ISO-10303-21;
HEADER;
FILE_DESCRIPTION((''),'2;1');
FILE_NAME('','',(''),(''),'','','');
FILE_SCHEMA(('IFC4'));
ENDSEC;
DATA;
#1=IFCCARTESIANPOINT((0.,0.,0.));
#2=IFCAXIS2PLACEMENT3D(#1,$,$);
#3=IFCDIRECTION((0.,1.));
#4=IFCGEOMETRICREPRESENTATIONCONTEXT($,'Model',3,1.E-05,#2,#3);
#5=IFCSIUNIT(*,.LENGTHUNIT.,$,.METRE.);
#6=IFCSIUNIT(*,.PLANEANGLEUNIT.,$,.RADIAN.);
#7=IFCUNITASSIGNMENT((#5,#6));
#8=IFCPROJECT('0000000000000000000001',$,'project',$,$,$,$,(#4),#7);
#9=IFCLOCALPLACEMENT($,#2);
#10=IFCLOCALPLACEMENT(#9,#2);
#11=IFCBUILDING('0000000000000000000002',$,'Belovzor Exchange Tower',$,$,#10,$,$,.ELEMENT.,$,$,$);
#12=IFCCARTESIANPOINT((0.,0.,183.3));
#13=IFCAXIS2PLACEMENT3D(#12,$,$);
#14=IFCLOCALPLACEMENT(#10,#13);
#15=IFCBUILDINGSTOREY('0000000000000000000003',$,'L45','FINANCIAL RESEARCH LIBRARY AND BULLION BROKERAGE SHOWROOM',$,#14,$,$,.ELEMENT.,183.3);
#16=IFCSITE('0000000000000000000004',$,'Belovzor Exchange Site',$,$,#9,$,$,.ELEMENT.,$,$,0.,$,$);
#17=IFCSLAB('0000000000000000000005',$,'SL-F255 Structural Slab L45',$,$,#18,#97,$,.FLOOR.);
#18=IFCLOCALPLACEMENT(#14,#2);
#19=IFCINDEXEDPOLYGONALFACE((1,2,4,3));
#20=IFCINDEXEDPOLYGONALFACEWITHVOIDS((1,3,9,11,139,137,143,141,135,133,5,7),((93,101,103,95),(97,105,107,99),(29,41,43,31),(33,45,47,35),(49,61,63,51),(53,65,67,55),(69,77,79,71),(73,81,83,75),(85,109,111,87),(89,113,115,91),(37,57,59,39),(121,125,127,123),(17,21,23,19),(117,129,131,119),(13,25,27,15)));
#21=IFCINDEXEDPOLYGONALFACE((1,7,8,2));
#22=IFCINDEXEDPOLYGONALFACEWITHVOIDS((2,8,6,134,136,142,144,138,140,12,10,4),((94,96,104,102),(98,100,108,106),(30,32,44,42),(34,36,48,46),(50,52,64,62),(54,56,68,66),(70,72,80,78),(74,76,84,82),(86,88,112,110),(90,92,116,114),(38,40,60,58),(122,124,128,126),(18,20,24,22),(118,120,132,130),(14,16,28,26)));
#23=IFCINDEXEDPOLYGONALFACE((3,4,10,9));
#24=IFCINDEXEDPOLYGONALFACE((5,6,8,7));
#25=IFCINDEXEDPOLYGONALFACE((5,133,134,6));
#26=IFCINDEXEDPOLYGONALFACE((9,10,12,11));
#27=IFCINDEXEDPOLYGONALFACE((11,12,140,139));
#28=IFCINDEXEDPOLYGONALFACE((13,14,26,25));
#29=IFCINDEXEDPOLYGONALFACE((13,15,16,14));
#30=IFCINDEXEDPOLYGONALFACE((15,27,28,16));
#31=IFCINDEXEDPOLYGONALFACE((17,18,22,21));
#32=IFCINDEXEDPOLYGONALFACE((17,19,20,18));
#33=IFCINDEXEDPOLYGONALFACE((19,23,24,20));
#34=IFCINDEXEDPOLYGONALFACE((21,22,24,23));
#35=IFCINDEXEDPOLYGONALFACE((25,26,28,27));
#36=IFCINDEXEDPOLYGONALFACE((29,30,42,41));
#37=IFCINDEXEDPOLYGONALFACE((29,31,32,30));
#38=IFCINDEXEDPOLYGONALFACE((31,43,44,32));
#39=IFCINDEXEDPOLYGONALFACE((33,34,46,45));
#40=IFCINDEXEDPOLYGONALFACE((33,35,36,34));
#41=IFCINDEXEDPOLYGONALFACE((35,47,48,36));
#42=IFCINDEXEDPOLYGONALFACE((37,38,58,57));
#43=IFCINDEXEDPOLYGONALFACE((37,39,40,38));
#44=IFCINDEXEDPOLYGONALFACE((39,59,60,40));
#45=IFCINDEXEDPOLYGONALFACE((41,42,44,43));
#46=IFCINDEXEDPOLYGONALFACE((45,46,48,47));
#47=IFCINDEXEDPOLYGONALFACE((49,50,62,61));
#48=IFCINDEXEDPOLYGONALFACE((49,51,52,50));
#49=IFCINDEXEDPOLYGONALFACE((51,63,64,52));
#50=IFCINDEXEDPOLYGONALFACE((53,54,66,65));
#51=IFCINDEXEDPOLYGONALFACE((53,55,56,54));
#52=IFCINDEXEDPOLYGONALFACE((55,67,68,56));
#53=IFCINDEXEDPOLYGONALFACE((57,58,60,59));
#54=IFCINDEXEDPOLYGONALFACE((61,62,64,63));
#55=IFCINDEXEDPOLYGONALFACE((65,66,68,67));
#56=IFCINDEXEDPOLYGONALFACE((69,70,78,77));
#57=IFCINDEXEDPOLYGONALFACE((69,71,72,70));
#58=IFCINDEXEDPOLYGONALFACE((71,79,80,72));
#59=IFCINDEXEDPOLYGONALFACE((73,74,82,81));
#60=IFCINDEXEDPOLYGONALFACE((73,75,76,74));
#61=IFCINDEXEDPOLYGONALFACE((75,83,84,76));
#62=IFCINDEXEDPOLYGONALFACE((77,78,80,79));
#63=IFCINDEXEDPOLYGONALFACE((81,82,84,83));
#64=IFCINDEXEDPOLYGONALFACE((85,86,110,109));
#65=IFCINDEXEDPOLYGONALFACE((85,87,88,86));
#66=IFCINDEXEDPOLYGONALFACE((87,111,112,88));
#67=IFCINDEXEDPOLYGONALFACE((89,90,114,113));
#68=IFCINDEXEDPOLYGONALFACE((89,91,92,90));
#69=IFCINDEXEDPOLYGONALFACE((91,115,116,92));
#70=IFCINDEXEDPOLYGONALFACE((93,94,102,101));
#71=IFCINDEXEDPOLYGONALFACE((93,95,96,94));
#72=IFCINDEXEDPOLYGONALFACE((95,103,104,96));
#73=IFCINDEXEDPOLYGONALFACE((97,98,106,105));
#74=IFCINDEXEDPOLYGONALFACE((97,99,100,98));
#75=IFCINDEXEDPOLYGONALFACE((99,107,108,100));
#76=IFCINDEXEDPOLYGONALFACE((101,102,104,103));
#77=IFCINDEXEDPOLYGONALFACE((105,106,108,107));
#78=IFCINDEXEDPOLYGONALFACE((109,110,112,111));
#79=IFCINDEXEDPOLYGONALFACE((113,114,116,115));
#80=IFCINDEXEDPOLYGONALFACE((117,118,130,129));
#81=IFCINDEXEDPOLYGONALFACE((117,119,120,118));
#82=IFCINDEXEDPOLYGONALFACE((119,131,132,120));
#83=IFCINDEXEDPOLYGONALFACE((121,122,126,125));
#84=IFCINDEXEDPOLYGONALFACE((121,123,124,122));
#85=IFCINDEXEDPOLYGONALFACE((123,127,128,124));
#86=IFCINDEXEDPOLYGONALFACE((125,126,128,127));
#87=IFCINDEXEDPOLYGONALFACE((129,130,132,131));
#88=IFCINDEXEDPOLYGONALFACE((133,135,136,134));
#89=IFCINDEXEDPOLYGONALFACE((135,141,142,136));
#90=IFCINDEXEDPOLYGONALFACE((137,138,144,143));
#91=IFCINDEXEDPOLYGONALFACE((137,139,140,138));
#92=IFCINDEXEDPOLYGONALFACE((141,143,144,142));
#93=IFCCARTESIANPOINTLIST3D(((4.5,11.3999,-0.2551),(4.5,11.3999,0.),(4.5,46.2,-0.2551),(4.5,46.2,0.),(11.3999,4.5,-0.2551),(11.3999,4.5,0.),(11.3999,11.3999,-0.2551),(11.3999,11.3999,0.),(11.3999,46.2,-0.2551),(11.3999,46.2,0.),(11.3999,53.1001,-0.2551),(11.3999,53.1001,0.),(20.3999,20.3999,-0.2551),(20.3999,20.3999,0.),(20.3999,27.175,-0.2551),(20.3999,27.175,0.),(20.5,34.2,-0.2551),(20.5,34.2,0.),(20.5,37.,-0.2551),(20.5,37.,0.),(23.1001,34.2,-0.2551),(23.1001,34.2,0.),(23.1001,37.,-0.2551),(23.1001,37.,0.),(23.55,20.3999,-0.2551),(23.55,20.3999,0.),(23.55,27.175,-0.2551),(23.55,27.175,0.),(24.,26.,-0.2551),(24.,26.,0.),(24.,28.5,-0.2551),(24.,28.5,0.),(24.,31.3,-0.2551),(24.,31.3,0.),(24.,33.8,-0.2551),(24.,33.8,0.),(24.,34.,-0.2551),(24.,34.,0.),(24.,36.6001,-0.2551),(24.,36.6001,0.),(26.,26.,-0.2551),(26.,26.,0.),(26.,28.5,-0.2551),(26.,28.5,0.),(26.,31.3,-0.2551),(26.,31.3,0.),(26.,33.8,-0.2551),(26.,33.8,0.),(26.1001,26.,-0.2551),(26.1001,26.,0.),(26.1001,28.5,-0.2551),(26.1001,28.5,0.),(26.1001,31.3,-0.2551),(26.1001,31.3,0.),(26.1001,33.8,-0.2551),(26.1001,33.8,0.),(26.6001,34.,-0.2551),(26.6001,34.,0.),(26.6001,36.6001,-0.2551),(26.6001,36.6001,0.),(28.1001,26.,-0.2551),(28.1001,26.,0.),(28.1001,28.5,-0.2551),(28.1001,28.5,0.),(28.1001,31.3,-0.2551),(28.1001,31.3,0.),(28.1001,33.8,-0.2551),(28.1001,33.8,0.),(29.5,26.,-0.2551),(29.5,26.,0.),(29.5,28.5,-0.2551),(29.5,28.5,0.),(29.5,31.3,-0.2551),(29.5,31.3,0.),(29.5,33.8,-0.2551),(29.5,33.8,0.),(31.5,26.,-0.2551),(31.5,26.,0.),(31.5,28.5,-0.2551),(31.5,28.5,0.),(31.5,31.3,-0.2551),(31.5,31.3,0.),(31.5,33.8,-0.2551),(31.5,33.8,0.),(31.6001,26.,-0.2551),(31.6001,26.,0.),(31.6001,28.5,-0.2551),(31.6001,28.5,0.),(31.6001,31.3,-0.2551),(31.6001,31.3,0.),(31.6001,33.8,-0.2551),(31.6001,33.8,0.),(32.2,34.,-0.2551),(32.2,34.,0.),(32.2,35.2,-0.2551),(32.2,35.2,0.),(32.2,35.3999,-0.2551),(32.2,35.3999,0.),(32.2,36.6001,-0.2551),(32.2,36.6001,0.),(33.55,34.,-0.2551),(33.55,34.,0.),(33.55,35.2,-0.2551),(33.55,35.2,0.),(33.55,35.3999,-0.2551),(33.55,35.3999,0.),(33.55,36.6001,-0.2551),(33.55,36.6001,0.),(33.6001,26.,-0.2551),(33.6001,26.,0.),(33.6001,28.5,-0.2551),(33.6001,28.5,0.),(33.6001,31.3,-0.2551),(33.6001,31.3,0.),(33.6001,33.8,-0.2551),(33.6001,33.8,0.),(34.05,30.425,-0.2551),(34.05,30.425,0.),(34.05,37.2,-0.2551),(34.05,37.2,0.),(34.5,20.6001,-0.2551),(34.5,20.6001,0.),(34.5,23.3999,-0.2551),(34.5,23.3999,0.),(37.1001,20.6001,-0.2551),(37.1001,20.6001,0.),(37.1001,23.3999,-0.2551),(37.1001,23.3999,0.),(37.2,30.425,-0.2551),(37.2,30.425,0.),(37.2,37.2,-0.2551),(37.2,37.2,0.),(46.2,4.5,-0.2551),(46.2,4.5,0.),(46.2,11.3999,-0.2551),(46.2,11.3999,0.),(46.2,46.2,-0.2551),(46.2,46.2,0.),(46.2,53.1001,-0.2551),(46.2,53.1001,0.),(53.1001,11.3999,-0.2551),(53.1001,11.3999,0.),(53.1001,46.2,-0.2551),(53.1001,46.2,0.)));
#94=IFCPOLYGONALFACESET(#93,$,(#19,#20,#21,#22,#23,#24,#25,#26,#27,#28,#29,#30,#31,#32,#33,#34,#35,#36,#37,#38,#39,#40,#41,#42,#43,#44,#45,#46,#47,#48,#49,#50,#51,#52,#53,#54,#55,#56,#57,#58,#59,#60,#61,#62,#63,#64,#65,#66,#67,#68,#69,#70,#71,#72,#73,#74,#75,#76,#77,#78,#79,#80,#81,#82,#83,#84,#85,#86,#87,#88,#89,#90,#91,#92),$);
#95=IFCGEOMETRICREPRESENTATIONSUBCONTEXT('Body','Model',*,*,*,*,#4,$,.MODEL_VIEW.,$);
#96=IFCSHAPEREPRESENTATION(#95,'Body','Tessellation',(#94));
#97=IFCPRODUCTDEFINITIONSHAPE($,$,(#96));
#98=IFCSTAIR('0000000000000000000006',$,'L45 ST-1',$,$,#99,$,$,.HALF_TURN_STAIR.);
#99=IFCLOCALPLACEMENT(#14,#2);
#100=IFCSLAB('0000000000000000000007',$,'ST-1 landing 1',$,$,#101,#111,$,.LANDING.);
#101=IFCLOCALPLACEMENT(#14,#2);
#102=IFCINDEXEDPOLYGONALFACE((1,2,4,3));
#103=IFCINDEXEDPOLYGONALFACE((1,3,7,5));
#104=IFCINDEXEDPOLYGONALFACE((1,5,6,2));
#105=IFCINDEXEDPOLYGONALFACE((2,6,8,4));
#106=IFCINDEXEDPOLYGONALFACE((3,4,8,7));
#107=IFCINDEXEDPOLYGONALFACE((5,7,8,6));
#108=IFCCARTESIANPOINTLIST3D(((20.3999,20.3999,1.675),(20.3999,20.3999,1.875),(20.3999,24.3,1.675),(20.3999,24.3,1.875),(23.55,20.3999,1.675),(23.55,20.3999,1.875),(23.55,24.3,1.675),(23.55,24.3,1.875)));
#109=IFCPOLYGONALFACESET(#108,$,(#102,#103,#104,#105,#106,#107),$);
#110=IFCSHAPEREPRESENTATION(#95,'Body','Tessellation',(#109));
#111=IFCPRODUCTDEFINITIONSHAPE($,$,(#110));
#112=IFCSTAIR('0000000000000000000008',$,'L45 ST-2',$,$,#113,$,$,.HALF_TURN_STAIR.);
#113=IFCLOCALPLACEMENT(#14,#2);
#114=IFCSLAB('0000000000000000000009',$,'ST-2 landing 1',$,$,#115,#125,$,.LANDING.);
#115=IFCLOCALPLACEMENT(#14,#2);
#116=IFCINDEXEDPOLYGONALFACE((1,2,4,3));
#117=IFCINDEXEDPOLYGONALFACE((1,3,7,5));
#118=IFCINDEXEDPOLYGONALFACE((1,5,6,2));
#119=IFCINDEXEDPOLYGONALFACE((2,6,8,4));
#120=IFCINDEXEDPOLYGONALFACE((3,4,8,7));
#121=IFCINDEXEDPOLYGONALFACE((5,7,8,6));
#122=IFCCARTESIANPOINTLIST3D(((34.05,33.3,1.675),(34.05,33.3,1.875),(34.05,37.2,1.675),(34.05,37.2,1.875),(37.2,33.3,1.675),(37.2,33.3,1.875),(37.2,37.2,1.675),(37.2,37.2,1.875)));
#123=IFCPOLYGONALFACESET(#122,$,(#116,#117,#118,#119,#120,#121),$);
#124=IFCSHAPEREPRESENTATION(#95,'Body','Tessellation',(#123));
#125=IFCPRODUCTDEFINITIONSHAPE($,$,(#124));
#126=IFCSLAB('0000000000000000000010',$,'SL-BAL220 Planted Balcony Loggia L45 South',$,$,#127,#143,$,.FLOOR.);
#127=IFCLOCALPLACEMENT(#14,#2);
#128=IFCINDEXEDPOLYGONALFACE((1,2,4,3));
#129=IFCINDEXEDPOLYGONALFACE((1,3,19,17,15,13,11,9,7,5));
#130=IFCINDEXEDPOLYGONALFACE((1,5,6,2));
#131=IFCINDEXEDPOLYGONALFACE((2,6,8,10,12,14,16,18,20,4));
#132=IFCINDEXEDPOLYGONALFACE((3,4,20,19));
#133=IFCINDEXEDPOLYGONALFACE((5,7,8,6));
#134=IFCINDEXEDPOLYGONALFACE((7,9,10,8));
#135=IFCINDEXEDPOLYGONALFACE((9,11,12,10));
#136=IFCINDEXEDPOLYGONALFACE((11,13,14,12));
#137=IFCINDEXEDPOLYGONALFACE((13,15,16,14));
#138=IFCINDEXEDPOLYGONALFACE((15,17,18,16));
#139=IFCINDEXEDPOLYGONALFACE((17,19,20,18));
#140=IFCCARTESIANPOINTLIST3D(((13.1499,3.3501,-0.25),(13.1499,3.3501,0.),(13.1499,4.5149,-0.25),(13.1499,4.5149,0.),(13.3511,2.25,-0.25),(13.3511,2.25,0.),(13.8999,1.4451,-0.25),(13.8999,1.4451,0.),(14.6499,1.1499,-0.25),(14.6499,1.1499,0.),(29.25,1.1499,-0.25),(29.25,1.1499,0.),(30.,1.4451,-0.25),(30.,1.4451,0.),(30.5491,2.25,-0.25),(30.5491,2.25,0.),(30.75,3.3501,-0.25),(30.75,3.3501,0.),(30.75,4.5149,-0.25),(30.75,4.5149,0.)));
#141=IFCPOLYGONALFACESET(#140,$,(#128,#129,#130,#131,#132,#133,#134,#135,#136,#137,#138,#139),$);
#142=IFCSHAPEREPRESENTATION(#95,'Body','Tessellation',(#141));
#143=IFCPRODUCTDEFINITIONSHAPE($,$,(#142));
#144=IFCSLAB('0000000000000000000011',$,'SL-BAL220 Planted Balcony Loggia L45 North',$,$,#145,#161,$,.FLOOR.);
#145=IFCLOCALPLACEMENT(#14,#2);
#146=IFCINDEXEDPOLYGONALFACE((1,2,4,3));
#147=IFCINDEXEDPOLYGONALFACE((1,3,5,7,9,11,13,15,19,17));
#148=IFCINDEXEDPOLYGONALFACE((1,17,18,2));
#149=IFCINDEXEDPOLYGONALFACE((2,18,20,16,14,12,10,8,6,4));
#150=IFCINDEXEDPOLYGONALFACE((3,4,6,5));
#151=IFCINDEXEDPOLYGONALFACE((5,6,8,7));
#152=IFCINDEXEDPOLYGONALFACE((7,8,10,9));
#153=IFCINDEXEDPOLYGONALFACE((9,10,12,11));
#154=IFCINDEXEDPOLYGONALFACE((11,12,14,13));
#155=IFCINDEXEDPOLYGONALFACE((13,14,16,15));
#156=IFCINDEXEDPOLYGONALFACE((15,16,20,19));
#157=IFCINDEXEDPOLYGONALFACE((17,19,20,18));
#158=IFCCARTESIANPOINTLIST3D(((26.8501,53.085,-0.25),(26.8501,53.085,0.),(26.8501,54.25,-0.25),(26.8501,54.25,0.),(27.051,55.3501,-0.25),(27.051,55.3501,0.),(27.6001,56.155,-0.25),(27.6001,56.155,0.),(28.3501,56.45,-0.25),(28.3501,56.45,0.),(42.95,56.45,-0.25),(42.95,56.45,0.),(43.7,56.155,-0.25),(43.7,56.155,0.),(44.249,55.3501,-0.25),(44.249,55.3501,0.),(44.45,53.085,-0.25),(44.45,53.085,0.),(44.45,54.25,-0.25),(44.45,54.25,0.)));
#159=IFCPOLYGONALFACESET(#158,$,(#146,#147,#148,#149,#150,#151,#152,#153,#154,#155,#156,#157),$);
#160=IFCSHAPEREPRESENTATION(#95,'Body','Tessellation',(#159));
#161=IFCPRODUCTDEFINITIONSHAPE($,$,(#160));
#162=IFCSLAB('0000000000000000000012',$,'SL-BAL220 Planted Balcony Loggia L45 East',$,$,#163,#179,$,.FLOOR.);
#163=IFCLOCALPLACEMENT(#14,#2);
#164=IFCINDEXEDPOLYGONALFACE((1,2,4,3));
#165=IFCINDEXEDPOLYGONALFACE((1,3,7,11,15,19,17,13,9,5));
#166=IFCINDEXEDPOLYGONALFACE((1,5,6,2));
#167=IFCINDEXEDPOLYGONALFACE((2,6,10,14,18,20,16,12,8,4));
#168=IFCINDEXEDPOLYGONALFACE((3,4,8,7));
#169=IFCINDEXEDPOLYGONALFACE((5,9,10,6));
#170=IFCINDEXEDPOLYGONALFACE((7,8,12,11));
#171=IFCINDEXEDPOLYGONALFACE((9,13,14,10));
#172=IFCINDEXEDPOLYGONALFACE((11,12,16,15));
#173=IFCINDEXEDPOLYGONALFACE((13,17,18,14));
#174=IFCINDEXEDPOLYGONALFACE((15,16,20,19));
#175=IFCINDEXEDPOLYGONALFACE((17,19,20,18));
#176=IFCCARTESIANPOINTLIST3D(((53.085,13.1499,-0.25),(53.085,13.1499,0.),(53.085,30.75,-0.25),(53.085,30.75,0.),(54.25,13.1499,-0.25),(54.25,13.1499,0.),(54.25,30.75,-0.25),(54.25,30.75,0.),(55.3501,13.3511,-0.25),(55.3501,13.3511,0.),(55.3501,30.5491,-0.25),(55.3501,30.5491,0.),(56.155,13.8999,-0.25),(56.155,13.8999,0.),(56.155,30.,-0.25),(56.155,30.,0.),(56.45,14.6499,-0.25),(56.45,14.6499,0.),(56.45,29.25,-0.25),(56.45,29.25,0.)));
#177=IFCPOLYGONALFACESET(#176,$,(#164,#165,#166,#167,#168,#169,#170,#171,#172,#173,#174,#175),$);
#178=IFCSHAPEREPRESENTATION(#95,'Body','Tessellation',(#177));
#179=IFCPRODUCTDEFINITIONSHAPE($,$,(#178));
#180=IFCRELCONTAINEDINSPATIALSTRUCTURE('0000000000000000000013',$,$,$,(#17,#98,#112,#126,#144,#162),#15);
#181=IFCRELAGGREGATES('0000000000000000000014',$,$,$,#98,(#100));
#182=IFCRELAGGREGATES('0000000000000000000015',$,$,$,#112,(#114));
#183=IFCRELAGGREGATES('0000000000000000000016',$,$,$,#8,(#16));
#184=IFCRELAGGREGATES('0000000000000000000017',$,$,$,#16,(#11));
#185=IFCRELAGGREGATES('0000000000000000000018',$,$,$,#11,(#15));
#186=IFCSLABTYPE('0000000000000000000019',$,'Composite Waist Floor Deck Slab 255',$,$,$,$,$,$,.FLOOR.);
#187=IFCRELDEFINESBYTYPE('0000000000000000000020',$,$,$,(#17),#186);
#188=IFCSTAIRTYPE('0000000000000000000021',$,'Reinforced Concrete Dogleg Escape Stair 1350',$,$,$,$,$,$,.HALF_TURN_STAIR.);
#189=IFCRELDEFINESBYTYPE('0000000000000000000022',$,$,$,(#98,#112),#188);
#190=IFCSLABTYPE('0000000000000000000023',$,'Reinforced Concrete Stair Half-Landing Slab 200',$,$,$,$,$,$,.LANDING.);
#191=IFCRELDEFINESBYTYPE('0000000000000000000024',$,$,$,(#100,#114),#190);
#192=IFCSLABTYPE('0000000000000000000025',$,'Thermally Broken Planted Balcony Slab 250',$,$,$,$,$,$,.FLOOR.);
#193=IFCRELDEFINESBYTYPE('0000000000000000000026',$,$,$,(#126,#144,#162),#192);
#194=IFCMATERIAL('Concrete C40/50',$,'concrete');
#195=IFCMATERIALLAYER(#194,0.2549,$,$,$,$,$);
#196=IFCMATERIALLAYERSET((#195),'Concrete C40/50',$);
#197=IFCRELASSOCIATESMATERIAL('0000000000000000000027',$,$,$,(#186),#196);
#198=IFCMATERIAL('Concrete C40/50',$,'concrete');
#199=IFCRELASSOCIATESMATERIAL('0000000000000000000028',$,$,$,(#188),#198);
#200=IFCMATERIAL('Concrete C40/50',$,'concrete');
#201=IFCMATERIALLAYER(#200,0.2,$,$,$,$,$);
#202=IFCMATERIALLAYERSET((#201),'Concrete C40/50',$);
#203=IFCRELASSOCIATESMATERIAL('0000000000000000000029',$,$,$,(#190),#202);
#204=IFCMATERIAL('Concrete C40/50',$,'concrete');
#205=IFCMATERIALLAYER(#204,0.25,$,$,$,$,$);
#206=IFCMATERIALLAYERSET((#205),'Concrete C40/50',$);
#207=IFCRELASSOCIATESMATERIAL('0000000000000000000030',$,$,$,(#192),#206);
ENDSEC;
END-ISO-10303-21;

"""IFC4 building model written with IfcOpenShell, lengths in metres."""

from ifc_helpers import new_model, si_unit, direction, frame, origin, place, context, subcontext, project, spatial, polyline, outline, extrude, material, layer, layer_set, type_object, element, aggregate, save


model = new_model("IFC4")

# Units and contexts
model_context = context("Model", 3, precision=1e-05, world=origin(), true_north=direction((0.0, 1.0)))
body_context = subcontext(model_context, "Body", "Model", "MODEL_VIEW")
ifc_project = project(units=[si_unit("LENGTHUNIT", "METRE"), si_unit("PLANEANGLEUNIT", "RADIAN")], contexts=[model_context])

# Site, building, storey
site_placement = place(None, origin())
site = spatial("IfcSite", under=ifc_project, at=site_placement, Name="Belovzor Exchange Site", CompositionType="ELEMENT", RefElevation=0.0)
building_placement = place(site_placement, origin())
building = spatial("IfcBuilding", under=site, at=building_placement, Name="Belovzor Exchange Tower", CompositionType="ELEMENT")
storey_placement = place(building_placement, frame((0.0, 0.0, 183.3)))
storey = spatial("IfcBuildingStorey", under=building, at=storey_placement, Name="L45", Description="FINANCIAL RESEARCH LIBRARY AND BULLION BROKERAGE SHOWROOM", CompositionType="ELEMENT", Elevation=183.3)

# Slab
ifc_material_1 = material(Name="Concrete C40/50", Category="concrete")
ifc_layer_1 = layer(ifc_material_1, 0.2549)
ifc_layer_set_1 = layer_set([ifc_layer_1], Name="Concrete C40/50")
slab_type_1 = type_object("IfcSlabType", Name="Composite Waist Floor Deck Slab 255", PredefinedType="FLOOR", material=ifc_layer_set_1)
slab_1_placement = place(storey_placement, frame((0.0, 0.0, -0.2551)))
element("IfcSlab", 1, at=slab_1_placement, inside=storey, type_object=slab_type_1, Name="SL-F255 Structural Slab L45", PredefinedType="FLOOR", context=body_context, shape_type="SweptSolid", body=[
    extrude(outline(polyline([(11.3999, 4.5), (46.2, 4.5), (46.2, 11.3999), (53.1001, 11.3999), (53.1001, 46.2), (46.2, 46.2), (46.2, 53.1001), (11.3999, 53.1001), (11.3999, 46.2), (4.5, 46.2), (4.5, 11.3999), (11.3999, 11.3999), (11.3999, 4.5)]), holes=[polyline([(20.3999, 27.175), (20.3999, 20.3999), (23.55, 20.3999), (23.55, 27.175), (20.3999, 27.175)]), polyline([(37.2, 30.425), (37.2, 37.2), (34.05, 37.2), (34.05, 30.425), (37.2, 30.425)]), polyline([(20.5, 34.2), (23.1001, 34.2), (23.1001, 37.0), (20.5, 37.0), (20.5, 34.2)]), polyline([(34.5, 20.6001), (37.1001, 20.6001), (37.1001, 23.3999), (34.5, 23.3999), (34.5, 20.6001)]), polyline([(24.0, 34.0), (26.6001, 34.0), (26.6001, 36.6001), (24.0, 36.6001), (24.0, 34.0)]), polyline([(24.0, 26.0), (26.0, 26.0), (26.0, 28.5), (24.0, 28.5), (24.0, 26.0)]), polyline([(26.1001, 26.0), (28.1001, 26.0), (28.1001, 28.5), (26.1001, 28.5), (26.1001, 26.0)]), polyline([(29.5, 26.0), (31.5, 26.0), (31.5, 28.5), (29.5, 28.5), (29.5, 26.0)]), polyline([(31.6001, 26.0), (33.6001, 26.0), (33.6001, 28.5), (31.6001, 28.5), (31.6001, 26.0)]), polyline([(24.0, 31.3), (26.0, 31.3), (26.0, 33.8), (24.0, 33.8), (24.0, 31.3)]), polyline([(26.1001, 31.3), (28.1001, 31.3), (28.1001, 33.8), (26.1001, 33.8), (26.1001, 31.3)]), polyline([(29.5, 31.3), (31.5, 31.3), (31.5, 33.8), (29.5, 33.8), (29.5, 31.3)]), polyline([(31.6001, 31.3), (33.6001, 31.3), (33.6001, 33.8), (31.6001, 33.8), (31.6001, 31.3)]), polyline([(32.2, 34.0), (33.55, 34.0), (33.55, 35.2), (32.2, 35.2), (32.2, 34.0)]), polyline([(32.2, 35.3999), (33.55, 35.3999), (33.55, 36.6001), (32.2, 36.6001), (32.2, 35.3999)])]), origin(), (0.0, 0.0, 1.0), 0.2551),
])

# Stairs, slabs
ifc_material_2 = material(Name="Concrete C40/50", Category="concrete")
stair_type = type_object("IfcStairType", Name="Reinforced Concrete Dogleg Escape Stair 1350", PredefinedType="HALF_TURN_STAIR", material=ifc_material_2)
stair_1_placement = place(storey_placement, origin())
stair_1 = element("IfcStair", 2, at=stair_1_placement, inside=storey, type_object=stair_type, Name="L45 ST-1", PredefinedType="HALF_TURN_STAIR")
ifc_material_3 = material(Name="Concrete C40/50", Category="concrete")
ifc_layer_2 = layer(ifc_material_3, 0.2)
ifc_layer_set_2 = layer_set([ifc_layer_2], Name="Concrete C40/50")
slab_type_2 = type_object("IfcSlabType", Name="Reinforced Concrete Stair Half-Landing Slab 200", PredefinedType="LANDING", material=ifc_layer_set_2)
slab_2_placement = place(storey_placement, frame((0.0, 0.0, 1.675)))
slab_2 = element("IfcSlab", 3, at=slab_2_placement, type_object=slab_type_2, Name="ST-1 landing 1", PredefinedType="LANDING", context=body_context, shape_type="SweptSolid", body=[
    extrude(outline(polyline([(20.3999, 24.3), (20.3999, 20.3999), (23.55, 20.3999), (23.55, 24.3), (20.3999, 24.3)])), origin(), (0.0, 0.0, 1.0), 0.2),
])
aggregate(stair_1, [slab_2])
stair_2_placement = place(storey_placement, origin())
stair_2 = element("IfcStair", 4, at=stair_2_placement, inside=storey, type_object=stair_type, Name="L45 ST-2", PredefinedType="HALF_TURN_STAIR")
slab_3_placement = place(storey_placement, frame((0.0, 0.0, 1.675)))
slab_3 = element("IfcSlab", 5, at=slab_3_placement, type_object=slab_type_2, Name="ST-2 landing 1", PredefinedType="LANDING", context=body_context, shape_type="SweptSolid", body=[
    extrude(outline(polyline([(37.2, 33.3), (37.2, 37.2), (34.05, 37.2), (34.05, 33.3), (37.2, 33.3)])), origin(), (0.0, 0.0, 1.0), 0.2),
])
aggregate(stair_2, [slab_3])

# Slabs
ifc_material_4 = material(Name="Concrete C40/50", Category="concrete")
ifc_layer_3 = layer(ifc_material_4, 0.25)
ifc_layer_set_3 = layer_set([ifc_layer_3], Name="Concrete C40/50")
slab_type_3 = type_object("IfcSlabType", Name="Thermally Broken Planted Balcony Slab 250", PredefinedType="FLOOR", material=ifc_layer_set_3)
slab_4_placement = place(storey_placement, frame((0.0, 0.0, -0.25)))
element("IfcSlab", 6, at=slab_4_placement, inside=storey, type_object=slab_type_3, Name="SL-BAL220 Planted Balcony Loggia L45 South", PredefinedType="FLOOR", context=body_context, shape_type="SweptSolid", body=[
    extrude(outline(polyline([(13.1499, 4.5149), (13.1499, 3.3501), (13.3511, 2.25), (13.8999, 1.4451), (14.6499, 1.1499), (29.25, 1.1499), (30.0, 1.4451), (30.5491, 2.25), (30.75, 3.3501), (30.75, 4.5149), (13.1499, 4.5149)])), origin(), (0.0, 0.0, 1.0), 0.25),
])
slab_5_placement = place(storey_placement, frame((0.0, 0.0, -0.25)))
element("IfcSlab", 7, at=slab_5_placement, inside=storey, type_object=slab_type_3, Name="SL-BAL220 Planted Balcony Loggia L45 North", PredefinedType="FLOOR", context=body_context, shape_type="SweptSolid", body=[
    extrude(outline(polyline([(44.45, 53.085), (44.45, 54.25), (44.249, 55.3501), (43.7, 56.155), (42.95, 56.45), (28.3501, 56.45), (27.6001, 56.155), (27.051, 55.3501), (26.8501, 54.25), (26.8501, 53.085), (44.45, 53.085)])), origin(), (0.0, 0.0, 1.0), 0.25),
])
slab_6_placement = place(storey_placement, frame((0.0, 0.0, -0.25)))
element("IfcSlab", 8, at=slab_6_placement, inside=storey, type_object=slab_type_3, Name="SL-BAL220 Planted Balcony Loggia L45 East", PredefinedType="FLOOR", context=body_context, shape_type="SweptSolid", body=[
    extrude(outline(polyline([(53.085, 13.1499), (54.25, 13.1499), (55.3501, 13.3511), (56.155, 13.8999), (56.45, 14.6499), (56.45, 29.25), (56.155, 30.0), (55.3501, 30.5491), (54.25, 30.75), (53.085, 30.75), (53.085, 13.1499)])), origin(), (0.0, 0.0, 1.0), 0.25),
])

save(model, "model.ifc")
